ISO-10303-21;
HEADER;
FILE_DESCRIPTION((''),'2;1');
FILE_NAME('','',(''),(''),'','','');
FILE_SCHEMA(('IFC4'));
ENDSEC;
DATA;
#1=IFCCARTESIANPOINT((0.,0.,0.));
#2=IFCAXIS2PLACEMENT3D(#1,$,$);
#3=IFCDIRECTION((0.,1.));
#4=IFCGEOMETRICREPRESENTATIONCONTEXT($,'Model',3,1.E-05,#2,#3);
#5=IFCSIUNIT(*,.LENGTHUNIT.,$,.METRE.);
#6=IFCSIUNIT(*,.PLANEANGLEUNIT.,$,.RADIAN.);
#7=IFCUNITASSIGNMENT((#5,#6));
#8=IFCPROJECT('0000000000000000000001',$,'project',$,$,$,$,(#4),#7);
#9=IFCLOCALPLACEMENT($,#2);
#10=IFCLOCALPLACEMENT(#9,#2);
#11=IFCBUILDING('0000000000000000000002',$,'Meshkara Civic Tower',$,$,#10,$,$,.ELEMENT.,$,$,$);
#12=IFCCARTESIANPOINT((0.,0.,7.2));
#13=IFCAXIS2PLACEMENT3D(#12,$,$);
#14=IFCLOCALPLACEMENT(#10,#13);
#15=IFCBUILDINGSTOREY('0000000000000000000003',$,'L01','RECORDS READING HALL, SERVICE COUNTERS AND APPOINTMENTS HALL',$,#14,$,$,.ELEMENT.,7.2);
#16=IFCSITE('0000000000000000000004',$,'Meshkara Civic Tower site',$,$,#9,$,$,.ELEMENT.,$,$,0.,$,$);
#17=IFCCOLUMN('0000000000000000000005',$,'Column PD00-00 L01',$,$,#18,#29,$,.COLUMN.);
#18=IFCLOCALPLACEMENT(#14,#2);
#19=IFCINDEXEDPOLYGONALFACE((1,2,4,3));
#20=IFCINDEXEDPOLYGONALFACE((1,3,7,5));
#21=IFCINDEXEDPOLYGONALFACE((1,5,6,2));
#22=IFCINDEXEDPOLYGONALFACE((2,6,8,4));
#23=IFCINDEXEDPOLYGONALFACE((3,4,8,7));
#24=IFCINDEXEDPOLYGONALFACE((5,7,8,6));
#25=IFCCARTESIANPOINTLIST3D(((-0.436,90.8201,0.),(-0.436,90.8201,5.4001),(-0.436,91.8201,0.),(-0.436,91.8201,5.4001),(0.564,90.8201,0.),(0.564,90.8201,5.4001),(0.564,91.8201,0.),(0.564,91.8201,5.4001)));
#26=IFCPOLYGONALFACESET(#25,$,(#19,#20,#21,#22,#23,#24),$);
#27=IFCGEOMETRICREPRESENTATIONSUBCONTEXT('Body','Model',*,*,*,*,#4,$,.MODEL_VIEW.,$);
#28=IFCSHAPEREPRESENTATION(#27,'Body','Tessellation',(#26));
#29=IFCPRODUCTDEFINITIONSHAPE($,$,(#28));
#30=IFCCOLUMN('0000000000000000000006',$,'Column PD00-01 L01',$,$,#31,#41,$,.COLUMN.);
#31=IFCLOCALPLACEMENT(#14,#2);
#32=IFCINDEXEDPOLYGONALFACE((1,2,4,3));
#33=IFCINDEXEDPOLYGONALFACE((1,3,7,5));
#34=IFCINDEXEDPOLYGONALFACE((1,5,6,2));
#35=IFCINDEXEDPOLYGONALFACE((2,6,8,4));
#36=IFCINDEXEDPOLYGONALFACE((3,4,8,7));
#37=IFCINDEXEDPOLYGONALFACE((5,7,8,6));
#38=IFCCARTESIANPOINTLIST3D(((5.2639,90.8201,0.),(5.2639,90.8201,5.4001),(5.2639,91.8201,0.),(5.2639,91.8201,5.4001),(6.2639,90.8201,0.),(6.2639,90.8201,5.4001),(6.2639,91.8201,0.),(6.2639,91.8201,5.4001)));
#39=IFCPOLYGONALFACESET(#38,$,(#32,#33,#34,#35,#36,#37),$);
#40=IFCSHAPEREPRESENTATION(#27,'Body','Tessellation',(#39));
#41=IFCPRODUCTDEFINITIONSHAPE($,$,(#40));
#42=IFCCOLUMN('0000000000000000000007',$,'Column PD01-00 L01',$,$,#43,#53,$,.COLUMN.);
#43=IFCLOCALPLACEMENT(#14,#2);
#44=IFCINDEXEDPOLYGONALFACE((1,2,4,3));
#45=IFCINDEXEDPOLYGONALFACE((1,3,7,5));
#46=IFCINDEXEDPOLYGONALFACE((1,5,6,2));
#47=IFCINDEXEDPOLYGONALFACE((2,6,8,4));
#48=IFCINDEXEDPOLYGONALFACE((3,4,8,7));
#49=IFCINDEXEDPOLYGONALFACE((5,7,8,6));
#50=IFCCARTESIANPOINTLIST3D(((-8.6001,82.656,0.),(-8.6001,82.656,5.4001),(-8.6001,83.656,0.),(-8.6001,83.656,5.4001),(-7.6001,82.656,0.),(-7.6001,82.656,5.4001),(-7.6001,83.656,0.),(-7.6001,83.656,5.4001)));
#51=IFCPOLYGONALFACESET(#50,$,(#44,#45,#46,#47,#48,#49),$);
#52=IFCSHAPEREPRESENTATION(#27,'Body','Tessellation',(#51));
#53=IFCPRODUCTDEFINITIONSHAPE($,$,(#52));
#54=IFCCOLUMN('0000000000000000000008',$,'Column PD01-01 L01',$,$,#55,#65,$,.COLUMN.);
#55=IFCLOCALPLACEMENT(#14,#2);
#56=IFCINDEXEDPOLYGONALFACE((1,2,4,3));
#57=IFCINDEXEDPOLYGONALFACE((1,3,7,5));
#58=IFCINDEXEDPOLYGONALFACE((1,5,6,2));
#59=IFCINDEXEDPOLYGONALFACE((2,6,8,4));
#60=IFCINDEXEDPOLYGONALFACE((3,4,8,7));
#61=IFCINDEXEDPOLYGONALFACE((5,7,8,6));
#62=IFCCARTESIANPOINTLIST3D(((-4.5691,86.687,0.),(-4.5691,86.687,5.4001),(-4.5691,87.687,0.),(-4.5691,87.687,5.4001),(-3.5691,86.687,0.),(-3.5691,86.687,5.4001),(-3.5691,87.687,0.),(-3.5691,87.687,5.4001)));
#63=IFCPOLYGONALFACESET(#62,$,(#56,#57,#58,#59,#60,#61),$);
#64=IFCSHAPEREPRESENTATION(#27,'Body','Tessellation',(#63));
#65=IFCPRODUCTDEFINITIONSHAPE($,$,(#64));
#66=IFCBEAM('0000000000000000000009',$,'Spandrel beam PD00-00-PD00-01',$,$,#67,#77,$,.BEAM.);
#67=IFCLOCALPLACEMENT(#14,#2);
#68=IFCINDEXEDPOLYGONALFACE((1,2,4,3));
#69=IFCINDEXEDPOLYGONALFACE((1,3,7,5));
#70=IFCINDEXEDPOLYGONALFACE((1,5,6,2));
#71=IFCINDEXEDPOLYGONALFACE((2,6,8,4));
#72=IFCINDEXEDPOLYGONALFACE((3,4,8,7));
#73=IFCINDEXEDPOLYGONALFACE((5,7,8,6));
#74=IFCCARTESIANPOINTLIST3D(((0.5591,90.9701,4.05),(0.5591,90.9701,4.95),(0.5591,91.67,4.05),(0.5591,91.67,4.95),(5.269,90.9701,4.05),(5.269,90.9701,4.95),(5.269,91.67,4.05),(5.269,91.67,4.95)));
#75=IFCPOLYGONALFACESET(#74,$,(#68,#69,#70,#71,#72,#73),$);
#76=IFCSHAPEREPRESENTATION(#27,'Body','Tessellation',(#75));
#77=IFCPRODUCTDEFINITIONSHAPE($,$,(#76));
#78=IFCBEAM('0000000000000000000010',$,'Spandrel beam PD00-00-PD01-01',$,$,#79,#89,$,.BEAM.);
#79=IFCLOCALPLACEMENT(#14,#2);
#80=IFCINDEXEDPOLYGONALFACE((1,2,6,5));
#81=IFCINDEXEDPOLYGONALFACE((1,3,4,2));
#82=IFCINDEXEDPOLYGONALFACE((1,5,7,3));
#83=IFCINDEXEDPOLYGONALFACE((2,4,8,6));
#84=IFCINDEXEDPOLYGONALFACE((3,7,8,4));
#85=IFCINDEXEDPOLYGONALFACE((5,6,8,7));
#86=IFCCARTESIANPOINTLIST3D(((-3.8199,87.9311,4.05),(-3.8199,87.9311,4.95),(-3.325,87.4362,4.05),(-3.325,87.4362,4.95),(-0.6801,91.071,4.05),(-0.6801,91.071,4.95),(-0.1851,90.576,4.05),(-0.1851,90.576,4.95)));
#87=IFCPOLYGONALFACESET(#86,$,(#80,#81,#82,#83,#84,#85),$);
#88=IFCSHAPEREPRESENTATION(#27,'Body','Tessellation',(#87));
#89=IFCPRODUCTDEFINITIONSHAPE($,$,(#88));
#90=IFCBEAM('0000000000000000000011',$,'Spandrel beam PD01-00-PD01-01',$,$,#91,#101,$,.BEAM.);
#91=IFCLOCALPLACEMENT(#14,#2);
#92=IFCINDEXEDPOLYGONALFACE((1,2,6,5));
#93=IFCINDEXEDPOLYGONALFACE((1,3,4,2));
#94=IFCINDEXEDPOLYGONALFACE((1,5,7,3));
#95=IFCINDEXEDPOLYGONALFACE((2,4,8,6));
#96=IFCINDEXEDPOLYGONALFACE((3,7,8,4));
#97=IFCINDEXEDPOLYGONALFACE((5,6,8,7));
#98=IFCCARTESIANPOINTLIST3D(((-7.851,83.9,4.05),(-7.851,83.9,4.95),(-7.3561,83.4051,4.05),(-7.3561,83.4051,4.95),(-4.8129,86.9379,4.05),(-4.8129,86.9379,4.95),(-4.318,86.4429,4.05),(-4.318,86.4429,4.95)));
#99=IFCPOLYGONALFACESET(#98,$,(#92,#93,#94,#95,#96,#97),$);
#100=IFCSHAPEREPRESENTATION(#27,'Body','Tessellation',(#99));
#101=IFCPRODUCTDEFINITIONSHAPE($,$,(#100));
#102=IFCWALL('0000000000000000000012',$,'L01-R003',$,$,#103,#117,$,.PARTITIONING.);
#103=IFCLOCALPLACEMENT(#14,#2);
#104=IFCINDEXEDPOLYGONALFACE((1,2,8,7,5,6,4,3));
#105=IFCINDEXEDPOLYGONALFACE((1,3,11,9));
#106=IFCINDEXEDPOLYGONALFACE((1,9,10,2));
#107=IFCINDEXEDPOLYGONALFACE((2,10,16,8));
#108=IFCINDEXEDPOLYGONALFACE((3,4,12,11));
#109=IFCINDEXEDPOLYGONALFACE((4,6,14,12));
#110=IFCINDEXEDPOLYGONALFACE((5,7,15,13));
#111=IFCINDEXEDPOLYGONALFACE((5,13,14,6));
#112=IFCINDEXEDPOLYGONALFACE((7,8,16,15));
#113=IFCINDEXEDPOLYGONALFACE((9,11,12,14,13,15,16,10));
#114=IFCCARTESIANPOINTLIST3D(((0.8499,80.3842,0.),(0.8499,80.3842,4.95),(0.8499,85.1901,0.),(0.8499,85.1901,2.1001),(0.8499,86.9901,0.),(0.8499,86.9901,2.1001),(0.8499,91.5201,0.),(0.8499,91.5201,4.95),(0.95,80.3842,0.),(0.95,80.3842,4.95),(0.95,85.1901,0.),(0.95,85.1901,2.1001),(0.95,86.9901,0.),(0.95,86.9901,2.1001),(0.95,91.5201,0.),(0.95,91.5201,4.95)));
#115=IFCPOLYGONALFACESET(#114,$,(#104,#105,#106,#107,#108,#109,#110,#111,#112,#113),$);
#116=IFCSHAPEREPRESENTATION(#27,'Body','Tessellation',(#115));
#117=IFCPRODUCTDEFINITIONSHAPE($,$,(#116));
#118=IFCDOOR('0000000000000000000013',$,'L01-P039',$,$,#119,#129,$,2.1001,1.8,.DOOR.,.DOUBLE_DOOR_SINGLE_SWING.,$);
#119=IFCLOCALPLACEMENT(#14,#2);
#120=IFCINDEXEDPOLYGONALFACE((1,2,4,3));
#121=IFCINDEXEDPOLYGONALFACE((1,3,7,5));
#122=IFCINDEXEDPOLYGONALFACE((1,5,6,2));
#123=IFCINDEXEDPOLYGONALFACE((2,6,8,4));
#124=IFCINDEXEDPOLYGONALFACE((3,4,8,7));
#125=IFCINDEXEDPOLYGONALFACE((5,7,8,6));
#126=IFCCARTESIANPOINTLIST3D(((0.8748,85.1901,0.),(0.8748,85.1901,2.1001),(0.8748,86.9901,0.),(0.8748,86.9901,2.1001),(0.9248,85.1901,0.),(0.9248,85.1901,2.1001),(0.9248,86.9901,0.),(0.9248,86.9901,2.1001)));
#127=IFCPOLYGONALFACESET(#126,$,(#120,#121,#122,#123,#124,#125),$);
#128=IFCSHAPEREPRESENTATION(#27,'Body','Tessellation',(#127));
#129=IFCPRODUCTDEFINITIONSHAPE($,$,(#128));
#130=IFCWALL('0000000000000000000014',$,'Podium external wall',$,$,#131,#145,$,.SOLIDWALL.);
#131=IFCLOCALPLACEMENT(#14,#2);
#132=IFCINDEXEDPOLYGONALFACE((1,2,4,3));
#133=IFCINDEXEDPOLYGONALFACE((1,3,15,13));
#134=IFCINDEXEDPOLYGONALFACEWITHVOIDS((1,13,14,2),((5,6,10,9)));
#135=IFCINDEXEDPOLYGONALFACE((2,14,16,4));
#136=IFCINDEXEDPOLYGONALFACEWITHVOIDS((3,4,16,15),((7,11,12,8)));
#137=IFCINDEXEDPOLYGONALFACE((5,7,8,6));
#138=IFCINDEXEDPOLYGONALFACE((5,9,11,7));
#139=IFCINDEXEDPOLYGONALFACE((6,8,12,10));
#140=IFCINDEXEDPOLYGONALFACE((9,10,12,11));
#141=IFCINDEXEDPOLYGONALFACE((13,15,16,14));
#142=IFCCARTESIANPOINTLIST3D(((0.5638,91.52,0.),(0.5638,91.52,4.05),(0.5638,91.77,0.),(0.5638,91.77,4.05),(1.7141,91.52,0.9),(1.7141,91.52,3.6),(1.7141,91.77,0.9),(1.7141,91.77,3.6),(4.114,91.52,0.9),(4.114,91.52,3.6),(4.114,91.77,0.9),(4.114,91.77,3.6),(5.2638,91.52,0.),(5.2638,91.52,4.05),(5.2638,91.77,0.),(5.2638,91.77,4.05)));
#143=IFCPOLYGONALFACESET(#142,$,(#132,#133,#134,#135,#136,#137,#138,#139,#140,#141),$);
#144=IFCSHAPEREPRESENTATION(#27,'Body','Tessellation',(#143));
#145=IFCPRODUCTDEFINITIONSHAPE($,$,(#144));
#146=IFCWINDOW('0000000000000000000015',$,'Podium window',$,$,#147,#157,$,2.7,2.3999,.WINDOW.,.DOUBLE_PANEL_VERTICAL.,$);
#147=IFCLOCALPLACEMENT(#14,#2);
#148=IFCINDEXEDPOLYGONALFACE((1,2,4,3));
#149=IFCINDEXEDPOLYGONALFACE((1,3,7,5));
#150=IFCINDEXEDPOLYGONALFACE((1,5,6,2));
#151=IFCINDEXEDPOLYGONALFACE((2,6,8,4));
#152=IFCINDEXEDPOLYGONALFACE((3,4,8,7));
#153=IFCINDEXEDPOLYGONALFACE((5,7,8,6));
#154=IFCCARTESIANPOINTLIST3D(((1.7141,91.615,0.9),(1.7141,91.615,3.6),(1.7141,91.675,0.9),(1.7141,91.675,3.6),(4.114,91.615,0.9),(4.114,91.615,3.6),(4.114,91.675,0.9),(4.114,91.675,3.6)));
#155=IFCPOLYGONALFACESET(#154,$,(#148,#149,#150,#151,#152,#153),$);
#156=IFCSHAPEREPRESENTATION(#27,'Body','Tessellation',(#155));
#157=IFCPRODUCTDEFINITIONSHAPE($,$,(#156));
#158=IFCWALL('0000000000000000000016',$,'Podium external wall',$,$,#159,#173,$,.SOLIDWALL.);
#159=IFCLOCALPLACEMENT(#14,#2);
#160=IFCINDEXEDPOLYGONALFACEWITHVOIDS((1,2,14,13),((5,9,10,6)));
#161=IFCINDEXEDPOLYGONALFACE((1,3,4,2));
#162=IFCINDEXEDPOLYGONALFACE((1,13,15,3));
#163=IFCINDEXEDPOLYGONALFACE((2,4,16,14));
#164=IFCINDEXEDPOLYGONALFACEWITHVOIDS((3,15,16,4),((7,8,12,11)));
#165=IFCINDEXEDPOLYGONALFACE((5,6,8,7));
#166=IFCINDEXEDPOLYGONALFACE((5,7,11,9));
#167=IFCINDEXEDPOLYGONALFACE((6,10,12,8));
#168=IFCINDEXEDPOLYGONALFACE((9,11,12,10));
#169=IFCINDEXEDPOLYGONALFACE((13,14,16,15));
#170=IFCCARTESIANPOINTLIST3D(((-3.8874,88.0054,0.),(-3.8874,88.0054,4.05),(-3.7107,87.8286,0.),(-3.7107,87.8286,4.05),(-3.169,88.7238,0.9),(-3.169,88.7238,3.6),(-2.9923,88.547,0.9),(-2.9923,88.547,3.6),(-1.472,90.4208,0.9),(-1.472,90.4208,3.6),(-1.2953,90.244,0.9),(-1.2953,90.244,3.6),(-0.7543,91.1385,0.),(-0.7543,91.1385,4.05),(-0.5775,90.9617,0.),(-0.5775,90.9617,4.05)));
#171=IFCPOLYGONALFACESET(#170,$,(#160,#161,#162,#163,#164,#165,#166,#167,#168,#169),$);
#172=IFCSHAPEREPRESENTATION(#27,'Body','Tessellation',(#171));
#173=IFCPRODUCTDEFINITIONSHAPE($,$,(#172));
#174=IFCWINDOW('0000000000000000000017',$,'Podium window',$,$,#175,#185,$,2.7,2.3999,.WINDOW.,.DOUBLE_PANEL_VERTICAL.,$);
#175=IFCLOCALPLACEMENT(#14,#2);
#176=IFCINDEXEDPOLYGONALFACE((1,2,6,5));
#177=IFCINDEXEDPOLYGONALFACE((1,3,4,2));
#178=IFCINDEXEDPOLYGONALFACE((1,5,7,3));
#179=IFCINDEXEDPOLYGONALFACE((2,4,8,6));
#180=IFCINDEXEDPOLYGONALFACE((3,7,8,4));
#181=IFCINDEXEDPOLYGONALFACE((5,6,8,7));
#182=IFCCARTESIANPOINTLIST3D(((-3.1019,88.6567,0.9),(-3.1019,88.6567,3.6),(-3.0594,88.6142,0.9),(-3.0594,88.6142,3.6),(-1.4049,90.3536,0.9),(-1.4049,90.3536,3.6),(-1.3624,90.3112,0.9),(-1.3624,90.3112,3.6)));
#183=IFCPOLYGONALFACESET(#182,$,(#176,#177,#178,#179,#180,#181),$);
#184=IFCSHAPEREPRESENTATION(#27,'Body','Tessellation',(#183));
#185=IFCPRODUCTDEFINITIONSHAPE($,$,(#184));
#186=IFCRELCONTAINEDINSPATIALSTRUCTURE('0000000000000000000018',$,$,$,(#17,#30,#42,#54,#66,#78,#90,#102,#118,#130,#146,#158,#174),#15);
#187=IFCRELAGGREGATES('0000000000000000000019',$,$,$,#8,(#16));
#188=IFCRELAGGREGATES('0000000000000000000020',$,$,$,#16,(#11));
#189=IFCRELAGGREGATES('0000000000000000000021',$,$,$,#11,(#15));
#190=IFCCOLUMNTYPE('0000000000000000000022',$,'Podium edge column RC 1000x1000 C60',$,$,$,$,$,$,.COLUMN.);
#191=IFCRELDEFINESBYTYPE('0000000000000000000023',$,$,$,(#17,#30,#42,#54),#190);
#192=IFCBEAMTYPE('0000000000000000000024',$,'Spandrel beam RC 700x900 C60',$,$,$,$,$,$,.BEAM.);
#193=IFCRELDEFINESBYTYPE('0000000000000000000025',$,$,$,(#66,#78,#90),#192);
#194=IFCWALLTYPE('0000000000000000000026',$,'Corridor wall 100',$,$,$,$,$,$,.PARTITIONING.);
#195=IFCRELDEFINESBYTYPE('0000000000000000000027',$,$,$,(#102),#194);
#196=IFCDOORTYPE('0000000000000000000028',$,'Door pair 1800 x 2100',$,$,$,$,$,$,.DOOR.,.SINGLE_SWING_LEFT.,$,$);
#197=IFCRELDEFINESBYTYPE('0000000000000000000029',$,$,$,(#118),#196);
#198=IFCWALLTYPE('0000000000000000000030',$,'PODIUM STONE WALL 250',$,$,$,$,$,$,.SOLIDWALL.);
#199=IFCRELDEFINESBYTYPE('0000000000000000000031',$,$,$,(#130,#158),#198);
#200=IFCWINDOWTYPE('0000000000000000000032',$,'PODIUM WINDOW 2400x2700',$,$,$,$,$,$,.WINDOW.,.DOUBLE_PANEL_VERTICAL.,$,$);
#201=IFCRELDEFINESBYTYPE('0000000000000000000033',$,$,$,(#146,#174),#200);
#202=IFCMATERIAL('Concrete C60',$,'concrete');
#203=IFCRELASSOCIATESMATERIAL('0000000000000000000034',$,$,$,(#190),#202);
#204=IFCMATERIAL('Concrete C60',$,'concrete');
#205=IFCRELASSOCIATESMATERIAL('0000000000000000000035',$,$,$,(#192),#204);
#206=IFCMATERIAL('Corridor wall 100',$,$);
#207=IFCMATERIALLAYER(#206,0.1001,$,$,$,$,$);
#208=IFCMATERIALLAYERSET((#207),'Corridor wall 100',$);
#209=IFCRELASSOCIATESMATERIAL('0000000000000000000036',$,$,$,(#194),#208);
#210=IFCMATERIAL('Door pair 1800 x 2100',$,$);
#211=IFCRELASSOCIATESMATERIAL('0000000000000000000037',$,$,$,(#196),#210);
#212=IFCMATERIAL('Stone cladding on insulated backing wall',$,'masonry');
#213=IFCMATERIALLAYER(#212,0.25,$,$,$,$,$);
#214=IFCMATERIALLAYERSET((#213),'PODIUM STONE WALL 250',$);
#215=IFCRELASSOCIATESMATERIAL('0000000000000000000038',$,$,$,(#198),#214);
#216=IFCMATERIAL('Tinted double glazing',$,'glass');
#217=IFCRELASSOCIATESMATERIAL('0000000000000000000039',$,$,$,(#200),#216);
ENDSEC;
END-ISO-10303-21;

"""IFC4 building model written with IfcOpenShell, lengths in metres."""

from ifc_helpers import new_model, si_unit, direction, frame, frame_2d, origin, origin_2d, place, context, subcontext, project, spatial, rectangle, extrude, material, layer, layer_set, material_profile, profile_set, type_object, element, fill, save


model = new_model("IFC4")

# Units and contexts
model_context = context("Model", 3, precision=1e-05, world=origin(), true_north=direction((0.0, 1.0)))
body_context = subcontext(model_context, "Body", "Model", "MODEL_VIEW")
ifc_project = project(units=[si_unit("LENGTHUNIT", "METRE"), si_unit("PLANEANGLEUNIT", "RADIAN")], contexts=[model_context])

# Site, building, storey
site_placement = place(None, origin())
site = spatial("IfcSite", under=ifc_project, at=site_placement, Name="Meshkara Civic Tower site", CompositionType="ELEMENT", RefElevation=0.0)
building_placement = place(site_placement, origin())
building = spatial("IfcBuilding", under=site, at=building_placement, Name="Meshkara Civic Tower", CompositionType="ELEMENT")
storey_placement = place(building_placement, frame((0.0, 0.0, 7.2)))
storey = spatial("IfcBuildingStorey", under=building, at=storey_placement, Name="L01", Description="RECORDS READING HALL, SERVICE COUNTERS AND APPOINTMENTS HALL", CompositionType="ELEMENT", Elevation=7.2)

# Columns
ifc_material_1 = material(Name="Concrete C60", Category="concrete")
ifc_material_profile_1 = material_profile(ifc_material_1, rectangle(XDim=1.0, YDim=1.0, at=origin_2d()))
ifc_profile_set_1 = profile_set([ifc_material_profile_1], Name="Concrete C60")
column_type = type_object("IfcColumnType", Name="Podium edge column RC 1000x1000 C60", PredefinedType="COLUMN", material=ifc_profile_set_1)
for number, where, z_axis, x_axis, name in (
    (1, (0.064, 91.3201, 0.0), (0.0, 0.0, 1.0), (1.0, 0.0, 0.0), "Column PD00-00 L01"),
    (2, (5.7639, 91.3201, 0.0), (0.0, 0.0, 1.0), (1.0, 0.0, 0.0), "Column PD00-01 L01"),
    (3, (-8.1001, 83.156, 0.0), (0.0, 0.0, 1.0), (1.0, 0.0, 0.0), "Column PD01-00 L01"),
    (4, (-4.0691, 87.187, 0.0), (0.0, 0.0, 1.0), (1.0, 0.0, 0.0), "Column PD01-01 L01"),
):
    element("IfcColumn", number, at=place(storey_placement, frame(where, z_axis=z_axis, x_axis=x_axis)), inside=storey, type_object=column_type, Name=name, PredefinedType="COLUMN", context=body_context, shape_type="SweptSolid", body=[
        extrude(rectangle(XDim=1.0, YDim=1.0, at=origin_2d()), origin(), (0.0, 0.0, 1.0), 5.4001),
    ])

# Beams
ifc_material_2 = material(Name="Concrete C60", Category="concrete")
ifc_material_profile_2 = material_profile(ifc_material_2, rectangle(XDim=0.7, YDim=0.8999, at=origin_2d()))
ifc_profile_set_2 = profile_set([ifc_material_profile_2], Name="Concrete C60")
beam_type = type_object("IfcBeamType", Name="Spandrel beam RC 700x900 C60", PredefinedType="BEAM", material=ifc_profile_set_2)
beam_1_placement = place(storey_placement, frame((5.269, 91.3201, 4.5), z_axis=(-1.0, 0.0, 0.0), x_axis=(0.0, -1.0, 0.0)))
element("IfcBeam", 5, at=beam_1_placement, inside=storey, type_object=beam_type, Name="Spandrel beam PD00-00-PD00-01", PredefinedType="BEAM", context=body_context, shape_type="SweptSolid", body=[
    extrude(rectangle(XDim=0.7, YDim=0.8999, at=origin_2d()), origin(), (0.0, 0.0, 1.0), 4.71),
])
beam_2_placement = place(storey_placement, frame((-0.4326, 90.8235, 4.5), z_axis=(-0.707107, -0.707107, 0.0), x_axis=(0.707107, -0.707107, 0.0)))
element("IfcBeam", 6, at=beam_2_placement, inside=storey, type_object=beam_type, Name="Spandrel beam PD00-00-PD01-01", PredefinedType="BEAM", context=body_context, shape_type="SweptSolid", body=[
    extrude(rectangle(XDim=0.7, YDim=0.8999, at=origin_2d()), origin(), (0.0, 0.0, 1.0), 4.4404),
])
beam_3_placement = place(storey_placement, frame((-4.5654, 86.6904, 4.5), z_axis=(-0.707135, -0.707078, 0.0), x_axis=(0.707078, -0.707135, 0.0)))
element("IfcBeam", 7, at=beam_3_placement, inside=storey, type_object=beam_type, Name="Spandrel beam PD01-00-PD01-01", PredefinedType="BEAM", context=body_context, shape_type="SweptSolid", body=[
    extrude(rectangle(XDim=0.7, YDim=0.8999, at=origin_2d()), origin(), (0.0, 0.0, 1.0), 4.2964),
])

# Wall, opening, door
ifc_material_3 = material(Name="Corridor wall 100")
ifc_layer_1 = layer(ifc_material_3, 0.1001)
ifc_layer_set_1 = layer_set([ifc_layer_1], Name="Corridor wall 100")
wall_type_1 = type_object("IfcWallType", Name="Corridor wall 100", PredefinedType="PARTITIONING", material=ifc_layer_set_1)
wall_1_placement = place(storey_placement, frame((0.8999, 91.52, 0.0), z_axis=(0.0, 0.0, 1.0), x_axis=(0.0, -1.0, 0.0)))
wall_1 = element("IfcWall", 8, at=wall_1_placement, inside=storey, type_object=wall_type_1, Name="L01-R003", PredefinedType="PARTITIONING", context=body_context, shape_type="SweptSolid", body=[
    extrude(rectangle(XDim=11.136, YDim=0.1001, at=frame_2d((5.5679, 0.0))), origin(), (0.0, 0.0, 1.0), 4.95),
])
opening_1_placement = place(wall_1_placement, frame((4.53, 0.0, 0.0)))
opening_1 = element("IfcOpeningElement", 9, at=opening_1_placement, cuts=wall_1, PredefinedType="OPENING", context=body_context, shape_type="SweptSolid", body=[
    extrude(rectangle(XDim=1.8, YDim=2.1001, at=frame_2d((0.8999, 1.05))), frame((0.0, 0.0601, 0.0), z_axis=(0.0, -1.0, 0.0), x_axis=(1.0, 0.0, 0.0)), (0.0, 0.0, 1.0), 0.1201),
])
ifc_material_4 = material(Name="Door pair 1800 x 2100")
door_type = type_object("IfcDoorType", Name="Door pair 1800 x 2100", OperationType="SINGLE_SWING_LEFT", PredefinedType="DOOR", material=ifc_material_4)
door_placement = place(opening_1_placement, origin())
door = element("IfcDoor", 10, at=door_placement, inside=storey, type_object=door_type, Name="L01-P039", OperationType="DOUBLE_DOOR_SINGLE_SWING", OverallHeight=2.1001, OverallWidth=1.8, PredefinedType="DOOR", context=body_context, shape_type="SweptSolid", body=[
    extrude(rectangle(XDim=1.8, YDim=2.1001, at=frame_2d((0.8999, 1.05))), frame((0.0, 0.0249, 0.0), z_axis=(0.0, -1.0, 0.0), x_axis=(1.0, 0.0, 0.0)), (0.0, 0.0, 1.0), 0.05),
])
fill(opening_1, door)

# Walls, openings, windows
ifc_material_5 = material(Name="Stone cladding on insulated backing wall", Category="masonry")
ifc_layer_2 = layer(ifc_material_5, 0.25)
ifc_layer_set_2 = layer_set([ifc_layer_2], Name="PODIUM STONE WALL 250")
wall_type_2 = type_object("IfcWallType", Name="PODIUM STONE WALL 250", PredefinedType="SOLIDWALL", material=ifc_layer_set_2)
wall_2_placement = place(storey_placement, frame((5.2639, 91.645, 0.0), z_axis=(0.0, 0.0, 1.0), x_axis=(-1.0, 0.0, 0.0)))
wall_2 = element("IfcWall", 11, at=wall_2_placement, inside=storey, type_object=wall_type_2, Name="Podium external wall", PredefinedType="SOLIDWALL", context=body_context, shape_type="SweptSolid", body=[
    extrude(rectangle(XDim=4.7, YDim=0.25, at=frame_2d((2.3501, 0.0))), origin(), (0.0, 0.0, 1.0), 4.05),
])
opening_2_placement = place(wall_2_placement, frame((1.1499, 0.0, 0.8999)))
opening_2 = element("IfcOpeningElement", 12, at=opening_2_placement, cuts=wall_2, PredefinedType="OPENING", context=body_context, shape_type="SweptSolid", body=[
    extrude(rectangle(XDim=2.3999, YDim=2.7, at=frame_2d((1.2, 1.3501))), frame((0.0, 0.135, 0.0), z_axis=(0.0, -1.0, 0.0), x_axis=(1.0, 0.0, 0.0)), (0.0, 0.0, 1.0), 0.27),
])
ifc_material_6 = material(Name="Tinted double glazing", Category="glass")
window_type = type_object("IfcWindowType", Name="PODIUM WINDOW 2400x2700", PartitioningType="DOUBLE_PANEL_VERTICAL", PredefinedType="WINDOW", material=ifc_material_6)
window_1_placement = place(opening_2_placement, origin())
window_1 = element("IfcWindow", 13, at=window_1_placement, inside=storey, type_object=window_type, Name="Podium window", OverallHeight=2.7, OverallWidth=2.3999, PartitioningType="DOUBLE_PANEL_VERTICAL", PredefinedType="WINDOW", context=body_context, shape_type="SweptSolid", body=[
    extrude(rectangle(XDim=2.3999, YDim=2.7, at=frame_2d((1.2, 1.3501))), frame((0.0, 0.03, 0.0), z_axis=(0.0, -1.0, 0.0), x_axis=(1.0, 0.0, 0.0)), (0.0, 0.0, 1.0), 0.0601),
])
fill(opening_2, window_1)
wall_3_placement = place(storey_placement, frame((-0.666, 91.05, 0.0), z_axis=(0.0, 0.0, 1.0), x_axis=(-0.707107, -0.707107, 0.0)))
wall_3 = element("IfcWall", 14, at=wall_3_placement, inside=storey, type_object=wall_type_2, Name="Podium external wall", PredefinedType="SOLIDWALL", context=body_context, shape_type="SweptSolid", body=[
    extrude(rectangle(XDim=4.4309, YDim=0.25, at=frame_2d((2.2153, 0.0))), origin(), (0.0, 0.0, 1.0), 4.05),
])
opening_3_placement = place(wall_3_placement, frame((1.0149, 0.0, 0.8999)))
opening_3 = element("IfcOpeningElement", 15, at=opening_3_placement, cuts=wall_3, PredefinedType="OPENING", context=body_context, shape_type="SweptSolid", body=[
    extrude(rectangle(XDim=2.3999, YDim=2.7, at=frame_2d((1.2, 1.3501))), frame((0.0, 0.135, 0.0), z_axis=(0.0, -1.0, 0.0), x_axis=(1.0, 0.0, 0.0)), (0.0, 0.0, 1.0), 0.27),
])
window_2_placement = place(opening_3_placement, origin())
window_2 = element("IfcWindow", 16, at=window_2_placement, inside=storey, type_object=window_type, Name="Podium window", OverallHeight=2.7, OverallWidth=2.3999, PartitioningType="DOUBLE_PANEL_VERTICAL", PredefinedType="WINDOW", context=body_context, shape_type="SweptSolid", body=[
    extrude(rectangle(XDim=2.3999, YDim=2.7, at=frame_2d((1.2, 1.3501))), frame((0.0, 0.03, 0.0), z_axis=(0.0, -1.0, 0.0), x_axis=(1.0, 0.0, 0.0)), (0.0, 0.0, 1.0), 0.0601),
])
fill(opening_3, window_2)

save(model, "model.ifc")
